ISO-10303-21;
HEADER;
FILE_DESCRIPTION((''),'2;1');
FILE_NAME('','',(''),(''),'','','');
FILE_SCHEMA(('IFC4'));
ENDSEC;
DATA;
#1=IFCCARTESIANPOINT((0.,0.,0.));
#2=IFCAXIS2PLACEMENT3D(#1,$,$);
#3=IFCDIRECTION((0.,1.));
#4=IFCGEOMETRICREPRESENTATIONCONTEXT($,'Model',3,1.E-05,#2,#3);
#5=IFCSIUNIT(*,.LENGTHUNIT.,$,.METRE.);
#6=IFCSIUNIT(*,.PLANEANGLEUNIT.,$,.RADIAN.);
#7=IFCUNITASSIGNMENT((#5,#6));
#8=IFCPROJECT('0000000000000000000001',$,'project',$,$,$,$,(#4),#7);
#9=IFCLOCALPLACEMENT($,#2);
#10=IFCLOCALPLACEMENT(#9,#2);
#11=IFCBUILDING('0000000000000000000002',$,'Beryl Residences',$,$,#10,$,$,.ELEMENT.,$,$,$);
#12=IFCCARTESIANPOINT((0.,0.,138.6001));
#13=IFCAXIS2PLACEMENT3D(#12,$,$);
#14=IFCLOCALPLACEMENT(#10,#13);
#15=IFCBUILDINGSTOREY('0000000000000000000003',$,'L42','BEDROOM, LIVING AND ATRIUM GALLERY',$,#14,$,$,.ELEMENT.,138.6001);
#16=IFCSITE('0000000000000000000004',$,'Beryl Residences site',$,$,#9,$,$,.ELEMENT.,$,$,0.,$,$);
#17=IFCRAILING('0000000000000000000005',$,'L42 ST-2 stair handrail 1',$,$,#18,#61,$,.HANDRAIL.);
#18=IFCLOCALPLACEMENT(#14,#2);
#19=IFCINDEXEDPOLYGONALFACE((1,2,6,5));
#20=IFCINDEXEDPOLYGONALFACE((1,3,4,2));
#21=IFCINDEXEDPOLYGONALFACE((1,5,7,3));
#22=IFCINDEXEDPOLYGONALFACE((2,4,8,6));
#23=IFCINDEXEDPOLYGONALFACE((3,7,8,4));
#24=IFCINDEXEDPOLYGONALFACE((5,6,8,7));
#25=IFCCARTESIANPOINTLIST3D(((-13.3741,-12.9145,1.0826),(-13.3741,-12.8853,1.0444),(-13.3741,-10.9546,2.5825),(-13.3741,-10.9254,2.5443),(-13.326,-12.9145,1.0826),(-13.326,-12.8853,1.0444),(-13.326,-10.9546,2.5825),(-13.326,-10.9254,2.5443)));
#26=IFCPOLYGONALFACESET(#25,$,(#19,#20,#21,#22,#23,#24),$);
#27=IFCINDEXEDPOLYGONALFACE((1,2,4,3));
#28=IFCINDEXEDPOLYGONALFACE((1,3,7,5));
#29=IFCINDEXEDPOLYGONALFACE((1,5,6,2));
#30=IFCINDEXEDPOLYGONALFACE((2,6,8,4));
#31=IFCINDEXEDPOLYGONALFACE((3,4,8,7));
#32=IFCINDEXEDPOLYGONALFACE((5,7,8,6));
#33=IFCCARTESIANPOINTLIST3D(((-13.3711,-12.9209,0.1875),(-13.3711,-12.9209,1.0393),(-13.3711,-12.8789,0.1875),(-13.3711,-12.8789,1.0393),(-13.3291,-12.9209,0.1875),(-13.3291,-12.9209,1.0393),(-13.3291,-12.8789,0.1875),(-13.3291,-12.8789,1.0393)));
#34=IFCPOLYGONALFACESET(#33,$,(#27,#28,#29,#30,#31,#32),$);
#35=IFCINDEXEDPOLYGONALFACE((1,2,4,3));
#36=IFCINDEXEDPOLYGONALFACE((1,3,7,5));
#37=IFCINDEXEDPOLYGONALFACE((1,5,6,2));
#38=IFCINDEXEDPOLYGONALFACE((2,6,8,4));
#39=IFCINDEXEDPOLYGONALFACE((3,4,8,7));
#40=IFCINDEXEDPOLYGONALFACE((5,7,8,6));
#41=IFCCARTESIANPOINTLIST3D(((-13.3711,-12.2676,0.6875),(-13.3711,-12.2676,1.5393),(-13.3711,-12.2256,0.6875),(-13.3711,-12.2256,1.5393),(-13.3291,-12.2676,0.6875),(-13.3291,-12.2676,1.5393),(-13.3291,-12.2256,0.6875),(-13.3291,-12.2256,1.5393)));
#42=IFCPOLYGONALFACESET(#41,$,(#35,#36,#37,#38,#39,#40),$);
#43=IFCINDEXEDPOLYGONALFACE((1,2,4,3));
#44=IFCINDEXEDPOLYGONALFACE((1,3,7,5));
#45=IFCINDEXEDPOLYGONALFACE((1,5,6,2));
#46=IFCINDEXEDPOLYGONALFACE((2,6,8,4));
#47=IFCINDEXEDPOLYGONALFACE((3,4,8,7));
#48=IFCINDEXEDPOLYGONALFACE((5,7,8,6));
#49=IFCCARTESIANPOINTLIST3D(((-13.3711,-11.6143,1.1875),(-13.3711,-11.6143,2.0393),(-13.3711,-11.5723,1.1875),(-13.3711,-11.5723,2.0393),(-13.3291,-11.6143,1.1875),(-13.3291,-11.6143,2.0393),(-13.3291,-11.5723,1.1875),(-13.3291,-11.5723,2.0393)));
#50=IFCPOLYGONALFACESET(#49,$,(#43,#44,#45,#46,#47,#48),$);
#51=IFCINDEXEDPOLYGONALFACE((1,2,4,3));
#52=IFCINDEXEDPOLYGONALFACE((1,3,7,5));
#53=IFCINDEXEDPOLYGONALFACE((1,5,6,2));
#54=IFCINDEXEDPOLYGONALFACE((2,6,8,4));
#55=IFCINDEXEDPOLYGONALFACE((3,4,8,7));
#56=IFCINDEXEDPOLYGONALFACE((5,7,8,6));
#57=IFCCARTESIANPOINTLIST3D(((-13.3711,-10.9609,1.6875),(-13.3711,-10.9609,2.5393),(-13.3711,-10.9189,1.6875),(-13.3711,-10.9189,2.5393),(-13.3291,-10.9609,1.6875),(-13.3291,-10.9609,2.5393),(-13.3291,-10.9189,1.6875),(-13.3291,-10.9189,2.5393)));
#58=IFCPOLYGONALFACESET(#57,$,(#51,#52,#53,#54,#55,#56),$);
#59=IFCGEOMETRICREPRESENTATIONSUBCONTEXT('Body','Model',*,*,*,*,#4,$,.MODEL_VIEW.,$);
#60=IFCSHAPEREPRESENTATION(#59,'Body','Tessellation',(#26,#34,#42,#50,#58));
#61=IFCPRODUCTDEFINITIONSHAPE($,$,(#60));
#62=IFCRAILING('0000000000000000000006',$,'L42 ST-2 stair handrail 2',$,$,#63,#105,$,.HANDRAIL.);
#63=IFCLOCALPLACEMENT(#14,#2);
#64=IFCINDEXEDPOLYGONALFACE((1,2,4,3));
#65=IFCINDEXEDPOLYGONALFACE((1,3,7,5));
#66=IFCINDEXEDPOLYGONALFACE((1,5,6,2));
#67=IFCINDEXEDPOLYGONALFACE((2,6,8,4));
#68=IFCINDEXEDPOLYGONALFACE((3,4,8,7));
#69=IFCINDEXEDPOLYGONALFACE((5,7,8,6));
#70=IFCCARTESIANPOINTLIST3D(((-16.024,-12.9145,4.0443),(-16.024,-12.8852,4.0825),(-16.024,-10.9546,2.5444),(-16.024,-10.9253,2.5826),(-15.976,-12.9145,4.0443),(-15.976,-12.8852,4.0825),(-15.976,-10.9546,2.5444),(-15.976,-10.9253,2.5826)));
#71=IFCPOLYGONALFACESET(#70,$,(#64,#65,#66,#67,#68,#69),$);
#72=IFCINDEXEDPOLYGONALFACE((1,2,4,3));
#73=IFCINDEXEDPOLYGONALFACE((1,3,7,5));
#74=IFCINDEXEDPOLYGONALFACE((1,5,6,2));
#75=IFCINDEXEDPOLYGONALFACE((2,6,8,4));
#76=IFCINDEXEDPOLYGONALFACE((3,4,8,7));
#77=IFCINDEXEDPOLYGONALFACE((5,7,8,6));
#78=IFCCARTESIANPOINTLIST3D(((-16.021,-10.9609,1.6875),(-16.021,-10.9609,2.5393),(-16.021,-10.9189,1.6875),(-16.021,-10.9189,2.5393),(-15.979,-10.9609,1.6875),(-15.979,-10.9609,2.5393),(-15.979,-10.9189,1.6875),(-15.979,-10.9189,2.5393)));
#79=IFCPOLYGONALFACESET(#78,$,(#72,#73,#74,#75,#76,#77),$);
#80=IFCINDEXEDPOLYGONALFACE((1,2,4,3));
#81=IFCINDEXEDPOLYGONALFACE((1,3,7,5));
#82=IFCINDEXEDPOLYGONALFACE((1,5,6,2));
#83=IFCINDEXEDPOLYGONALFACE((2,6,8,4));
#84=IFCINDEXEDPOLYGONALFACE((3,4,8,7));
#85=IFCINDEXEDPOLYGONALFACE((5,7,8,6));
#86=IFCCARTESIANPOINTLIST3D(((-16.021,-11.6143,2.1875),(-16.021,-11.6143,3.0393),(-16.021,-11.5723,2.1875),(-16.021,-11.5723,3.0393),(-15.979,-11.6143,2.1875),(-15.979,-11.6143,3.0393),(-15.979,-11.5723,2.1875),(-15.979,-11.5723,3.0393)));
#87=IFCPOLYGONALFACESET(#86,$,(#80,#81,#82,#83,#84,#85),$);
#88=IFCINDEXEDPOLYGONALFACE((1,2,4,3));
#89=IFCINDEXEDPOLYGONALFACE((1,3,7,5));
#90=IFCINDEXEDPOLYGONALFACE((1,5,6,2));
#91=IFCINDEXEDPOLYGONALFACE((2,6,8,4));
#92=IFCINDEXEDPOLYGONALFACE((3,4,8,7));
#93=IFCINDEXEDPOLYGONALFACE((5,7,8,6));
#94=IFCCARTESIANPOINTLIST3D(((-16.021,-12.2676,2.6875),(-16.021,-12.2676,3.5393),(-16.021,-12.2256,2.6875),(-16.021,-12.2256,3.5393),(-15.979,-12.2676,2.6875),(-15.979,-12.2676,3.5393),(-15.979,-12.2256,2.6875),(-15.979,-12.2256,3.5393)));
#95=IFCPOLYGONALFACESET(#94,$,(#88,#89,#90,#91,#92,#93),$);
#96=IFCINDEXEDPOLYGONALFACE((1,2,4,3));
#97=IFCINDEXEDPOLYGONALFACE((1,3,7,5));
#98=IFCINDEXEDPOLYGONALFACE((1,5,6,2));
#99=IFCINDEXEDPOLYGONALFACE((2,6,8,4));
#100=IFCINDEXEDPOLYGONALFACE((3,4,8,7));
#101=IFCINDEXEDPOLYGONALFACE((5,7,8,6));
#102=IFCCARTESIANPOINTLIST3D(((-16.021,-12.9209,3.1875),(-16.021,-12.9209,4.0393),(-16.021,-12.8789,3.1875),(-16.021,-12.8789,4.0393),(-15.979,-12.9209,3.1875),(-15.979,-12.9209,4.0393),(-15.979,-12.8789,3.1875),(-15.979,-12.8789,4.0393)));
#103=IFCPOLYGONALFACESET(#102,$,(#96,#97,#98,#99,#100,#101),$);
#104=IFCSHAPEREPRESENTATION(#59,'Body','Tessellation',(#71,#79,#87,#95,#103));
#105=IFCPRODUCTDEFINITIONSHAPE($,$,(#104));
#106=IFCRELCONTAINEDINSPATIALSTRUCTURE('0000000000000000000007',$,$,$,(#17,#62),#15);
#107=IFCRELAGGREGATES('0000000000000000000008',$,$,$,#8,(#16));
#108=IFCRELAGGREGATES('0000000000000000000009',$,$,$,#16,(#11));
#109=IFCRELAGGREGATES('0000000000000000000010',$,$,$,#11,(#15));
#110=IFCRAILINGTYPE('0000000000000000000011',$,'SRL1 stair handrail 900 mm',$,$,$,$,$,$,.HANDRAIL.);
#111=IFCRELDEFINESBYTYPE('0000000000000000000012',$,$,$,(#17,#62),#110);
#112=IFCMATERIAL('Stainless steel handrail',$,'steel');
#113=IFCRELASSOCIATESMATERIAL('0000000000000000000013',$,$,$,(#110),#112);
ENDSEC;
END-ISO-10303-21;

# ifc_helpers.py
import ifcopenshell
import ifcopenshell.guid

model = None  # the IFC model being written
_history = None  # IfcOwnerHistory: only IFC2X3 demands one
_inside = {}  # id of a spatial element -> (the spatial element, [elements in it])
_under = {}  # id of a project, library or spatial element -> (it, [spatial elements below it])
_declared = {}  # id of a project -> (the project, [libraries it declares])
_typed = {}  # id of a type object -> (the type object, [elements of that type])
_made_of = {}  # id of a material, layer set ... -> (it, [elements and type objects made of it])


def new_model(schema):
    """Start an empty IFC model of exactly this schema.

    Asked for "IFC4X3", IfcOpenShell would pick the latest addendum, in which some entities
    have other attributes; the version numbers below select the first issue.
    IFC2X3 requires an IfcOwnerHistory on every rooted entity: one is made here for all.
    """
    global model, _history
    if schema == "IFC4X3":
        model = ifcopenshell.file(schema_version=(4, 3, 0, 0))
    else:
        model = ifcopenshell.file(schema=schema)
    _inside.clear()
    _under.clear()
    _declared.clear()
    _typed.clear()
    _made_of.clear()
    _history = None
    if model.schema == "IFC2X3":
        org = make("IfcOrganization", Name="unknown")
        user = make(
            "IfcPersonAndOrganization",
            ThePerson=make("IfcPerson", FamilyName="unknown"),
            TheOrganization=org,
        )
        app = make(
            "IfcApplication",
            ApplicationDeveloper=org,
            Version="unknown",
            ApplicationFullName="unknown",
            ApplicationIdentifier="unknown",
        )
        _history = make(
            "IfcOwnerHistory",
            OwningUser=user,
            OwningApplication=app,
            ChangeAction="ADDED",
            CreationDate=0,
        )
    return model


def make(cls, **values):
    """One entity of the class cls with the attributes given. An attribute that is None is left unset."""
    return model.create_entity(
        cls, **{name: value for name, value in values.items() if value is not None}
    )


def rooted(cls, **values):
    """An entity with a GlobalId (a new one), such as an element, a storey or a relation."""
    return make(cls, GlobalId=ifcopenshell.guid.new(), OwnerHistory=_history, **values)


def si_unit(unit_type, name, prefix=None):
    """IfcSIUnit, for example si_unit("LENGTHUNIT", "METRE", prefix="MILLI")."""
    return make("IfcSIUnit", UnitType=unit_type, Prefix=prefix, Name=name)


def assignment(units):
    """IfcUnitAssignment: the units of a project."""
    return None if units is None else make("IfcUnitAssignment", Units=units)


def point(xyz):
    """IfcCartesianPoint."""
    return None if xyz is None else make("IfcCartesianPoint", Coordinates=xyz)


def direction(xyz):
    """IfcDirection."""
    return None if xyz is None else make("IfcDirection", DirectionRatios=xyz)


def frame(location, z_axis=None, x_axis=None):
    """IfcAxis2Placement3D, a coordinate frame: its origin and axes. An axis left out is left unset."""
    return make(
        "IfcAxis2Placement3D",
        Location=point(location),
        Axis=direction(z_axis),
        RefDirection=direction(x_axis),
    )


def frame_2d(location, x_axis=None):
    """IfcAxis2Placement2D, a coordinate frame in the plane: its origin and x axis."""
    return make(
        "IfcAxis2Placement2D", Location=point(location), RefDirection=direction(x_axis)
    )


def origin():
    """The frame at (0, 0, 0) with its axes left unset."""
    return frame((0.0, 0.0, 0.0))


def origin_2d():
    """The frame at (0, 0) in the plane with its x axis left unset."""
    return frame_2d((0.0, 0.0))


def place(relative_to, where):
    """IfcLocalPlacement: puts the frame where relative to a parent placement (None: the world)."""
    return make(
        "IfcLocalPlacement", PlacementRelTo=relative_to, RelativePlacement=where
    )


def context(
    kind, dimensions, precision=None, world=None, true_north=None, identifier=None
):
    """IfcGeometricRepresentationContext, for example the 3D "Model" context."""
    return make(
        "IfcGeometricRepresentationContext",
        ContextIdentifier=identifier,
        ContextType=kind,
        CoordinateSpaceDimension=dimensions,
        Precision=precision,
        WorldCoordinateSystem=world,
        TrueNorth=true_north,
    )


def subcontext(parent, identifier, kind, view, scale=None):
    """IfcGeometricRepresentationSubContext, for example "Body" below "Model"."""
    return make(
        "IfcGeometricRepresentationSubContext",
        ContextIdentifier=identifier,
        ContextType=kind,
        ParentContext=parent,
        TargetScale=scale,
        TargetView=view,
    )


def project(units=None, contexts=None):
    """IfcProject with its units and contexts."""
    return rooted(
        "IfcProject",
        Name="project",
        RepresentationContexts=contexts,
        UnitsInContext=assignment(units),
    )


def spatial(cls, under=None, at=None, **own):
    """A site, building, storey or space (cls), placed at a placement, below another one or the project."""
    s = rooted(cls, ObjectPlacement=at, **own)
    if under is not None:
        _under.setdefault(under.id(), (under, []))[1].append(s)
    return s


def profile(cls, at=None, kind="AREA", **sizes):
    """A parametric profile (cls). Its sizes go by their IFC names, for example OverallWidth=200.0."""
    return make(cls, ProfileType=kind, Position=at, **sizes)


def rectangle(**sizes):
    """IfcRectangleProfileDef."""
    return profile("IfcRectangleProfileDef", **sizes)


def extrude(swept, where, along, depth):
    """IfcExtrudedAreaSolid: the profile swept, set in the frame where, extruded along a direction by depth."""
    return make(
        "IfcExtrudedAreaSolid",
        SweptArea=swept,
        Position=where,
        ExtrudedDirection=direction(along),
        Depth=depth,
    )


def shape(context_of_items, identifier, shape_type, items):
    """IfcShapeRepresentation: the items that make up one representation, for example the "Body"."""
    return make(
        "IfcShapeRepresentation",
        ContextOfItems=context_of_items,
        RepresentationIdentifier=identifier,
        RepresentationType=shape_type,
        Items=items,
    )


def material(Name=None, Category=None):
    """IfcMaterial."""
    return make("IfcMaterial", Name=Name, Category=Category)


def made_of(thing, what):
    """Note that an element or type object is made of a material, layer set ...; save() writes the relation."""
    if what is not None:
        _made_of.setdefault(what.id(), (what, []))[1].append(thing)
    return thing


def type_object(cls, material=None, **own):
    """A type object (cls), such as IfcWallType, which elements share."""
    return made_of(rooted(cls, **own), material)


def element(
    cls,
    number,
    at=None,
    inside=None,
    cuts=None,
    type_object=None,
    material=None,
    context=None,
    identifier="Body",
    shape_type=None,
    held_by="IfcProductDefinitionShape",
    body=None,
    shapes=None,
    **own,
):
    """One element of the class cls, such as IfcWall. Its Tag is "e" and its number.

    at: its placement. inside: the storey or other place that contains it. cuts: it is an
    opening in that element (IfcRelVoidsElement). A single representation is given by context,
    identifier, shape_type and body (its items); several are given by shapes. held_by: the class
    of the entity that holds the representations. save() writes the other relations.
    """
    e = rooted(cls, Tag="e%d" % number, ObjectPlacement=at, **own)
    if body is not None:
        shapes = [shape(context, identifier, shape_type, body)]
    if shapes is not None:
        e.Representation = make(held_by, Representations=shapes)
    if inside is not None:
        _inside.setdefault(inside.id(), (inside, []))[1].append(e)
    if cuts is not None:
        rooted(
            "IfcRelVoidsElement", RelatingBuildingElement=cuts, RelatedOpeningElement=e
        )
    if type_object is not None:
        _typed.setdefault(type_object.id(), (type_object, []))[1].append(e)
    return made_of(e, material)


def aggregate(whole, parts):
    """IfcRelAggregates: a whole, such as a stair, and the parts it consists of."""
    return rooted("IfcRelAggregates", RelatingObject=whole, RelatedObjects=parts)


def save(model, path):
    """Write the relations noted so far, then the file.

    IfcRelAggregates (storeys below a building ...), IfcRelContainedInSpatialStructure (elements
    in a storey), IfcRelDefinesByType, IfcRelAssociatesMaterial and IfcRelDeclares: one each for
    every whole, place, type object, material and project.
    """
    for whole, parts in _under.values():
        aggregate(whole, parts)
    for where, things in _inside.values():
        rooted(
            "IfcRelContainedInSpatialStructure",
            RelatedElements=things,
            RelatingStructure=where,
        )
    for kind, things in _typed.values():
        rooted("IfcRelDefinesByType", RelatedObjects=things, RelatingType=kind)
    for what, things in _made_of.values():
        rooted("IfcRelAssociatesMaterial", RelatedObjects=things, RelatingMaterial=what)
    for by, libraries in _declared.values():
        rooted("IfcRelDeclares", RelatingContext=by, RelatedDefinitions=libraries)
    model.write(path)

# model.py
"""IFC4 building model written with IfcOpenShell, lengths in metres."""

from ifc_helpers import new_model, si_unit, direction, frame, origin, origin_2d, place, context, subcontext, project, spatial, rectangle, extrude, material, type_object, element, save


model = new_model("IFC4")

# Units and contexts
model_context = context("Model", 3, precision=1e-05, world=origin(), true_north=direction((0.0, 1.0)))
body_context = subcontext(model_context, "Body", "Model", "MODEL_VIEW")
ifc_project = project(units=[si_unit("LENGTHUNIT", "METRE"), si_unit("PLANEANGLEUNIT", "RADIAN")], contexts=[model_context])

# Site, building, storey
site_placement = place(None, origin())
site = spatial("IfcSite", under=ifc_project, at=site_placement, Name="Beryl Residences site", CompositionType="ELEMENT", RefElevation=0.0)
building_placement = place(site_placement, origin())
building = spatial("IfcBuilding", under=site, at=building_placement, Name="Beryl Residences", CompositionType="ELEMENT")
storey_placement = place(building_placement, frame((0.0, 0.0, 138.6001)))
storey = spatial("IfcBuildingStorey", under=building, at=storey_placement, Name="L42", Description="BEDROOM, LIVING AND ATRIUM GALLERY", CompositionType="ELEMENT", Elevation=138.6001)

# Railings
ifc_material_1 = material(Name="Stainless steel handrail", Category="steel")
railing_type_1 = type_object("IfcRailingType", Name="SRL1 stair handrail 900 mm", PredefinedType="HANDRAIL", material=ifc_material_1)
railing_1_placement = place(storey_placement, frame((-13.3501, -12.8999, 0.1875)))
element("IfcRailing", 1, at=railing_1_placement, inside=storey, type_object=railing_type_1, Name="L42 ST-2 stair handrail 1", PredefinedType="HANDRAIL", context=body_context, shape_type="SweptSolid", body=[
    extrude(rectangle(XDim=0.0481, YDim=0.0481, at=origin_2d()), frame((0.0, 0.0, 0.876), z_axis=(0.0, 0.794122, 0.607758), x_axis=(-1.0, 0.0, 0.0)), (0.0, 0.0, 1.0), 2.468),
    extrude(rectangle(XDim=0.042, YDim=0.042, at=origin_2d()), origin(), (0.0, 0.0, 1.0), 0.8518),
    extrude(rectangle(XDim=0.042, YDim=0.042, at=origin_2d()), frame((0.0, 0.6533, 0.5)), (0.0, 0.0, 1.0), 0.8518),
    extrude(rectangle(XDim=0.042, YDim=0.042, at=origin_2d()), frame((0.0, 1.3066, 1.0)), (0.0, 0.0, 1.0), 0.8518),
    extrude(rectangle(XDim=0.042, YDim=0.042, at=origin_2d()), frame((0.0, 1.96, 1.5)), (0.0, 0.0, 1.0), 0.8518),
])
railing_2_placement = place(storey_placement, frame((-16.0, -10.9399, 1.6875)))
element("IfcRailing", 2, at=railing_2_placement, inside=storey, type_object=railing_type_1, Name="L42 ST-2 stair handrail 2", PredefinedType="HANDRAIL", context=body_context, shape_type="SweptSolid", body=[
    extrude(rectangle(XDim=0.0481, YDim=0.0481, at=origin_2d()), frame((0.0, 0.0, 0.876), z_axis=(0.0, -0.794122, 0.607758), x_axis=(1.0, 0.0, 0.0)), (0.0, 0.0, 1.0), 2.468),
    extrude(rectangle(XDim=0.042, YDim=0.042, at=origin_2d()), origin(), (0.0, 0.0, 1.0), 0.8518),
    extrude(rectangle(XDim=0.042, YDim=0.042, at=origin_2d()), frame((0.0, -0.6533, 0.5)), (0.0, 0.0, 1.0), 0.8518),
    extrude(rectangle(XDim=0.042, YDim=0.042, at=origin_2d()), frame((0.0, -1.3066, 1.0)), (0.0, 0.0, 1.0), 0.8518),
    extrude(rectangle(XDim=0.042, YDim=0.042, at=origin_2d()), frame((0.0, -1.96, 1.5)), (0.0, 0.0, 1.0), 0.8518),
])

save(model, "model.ifc")
